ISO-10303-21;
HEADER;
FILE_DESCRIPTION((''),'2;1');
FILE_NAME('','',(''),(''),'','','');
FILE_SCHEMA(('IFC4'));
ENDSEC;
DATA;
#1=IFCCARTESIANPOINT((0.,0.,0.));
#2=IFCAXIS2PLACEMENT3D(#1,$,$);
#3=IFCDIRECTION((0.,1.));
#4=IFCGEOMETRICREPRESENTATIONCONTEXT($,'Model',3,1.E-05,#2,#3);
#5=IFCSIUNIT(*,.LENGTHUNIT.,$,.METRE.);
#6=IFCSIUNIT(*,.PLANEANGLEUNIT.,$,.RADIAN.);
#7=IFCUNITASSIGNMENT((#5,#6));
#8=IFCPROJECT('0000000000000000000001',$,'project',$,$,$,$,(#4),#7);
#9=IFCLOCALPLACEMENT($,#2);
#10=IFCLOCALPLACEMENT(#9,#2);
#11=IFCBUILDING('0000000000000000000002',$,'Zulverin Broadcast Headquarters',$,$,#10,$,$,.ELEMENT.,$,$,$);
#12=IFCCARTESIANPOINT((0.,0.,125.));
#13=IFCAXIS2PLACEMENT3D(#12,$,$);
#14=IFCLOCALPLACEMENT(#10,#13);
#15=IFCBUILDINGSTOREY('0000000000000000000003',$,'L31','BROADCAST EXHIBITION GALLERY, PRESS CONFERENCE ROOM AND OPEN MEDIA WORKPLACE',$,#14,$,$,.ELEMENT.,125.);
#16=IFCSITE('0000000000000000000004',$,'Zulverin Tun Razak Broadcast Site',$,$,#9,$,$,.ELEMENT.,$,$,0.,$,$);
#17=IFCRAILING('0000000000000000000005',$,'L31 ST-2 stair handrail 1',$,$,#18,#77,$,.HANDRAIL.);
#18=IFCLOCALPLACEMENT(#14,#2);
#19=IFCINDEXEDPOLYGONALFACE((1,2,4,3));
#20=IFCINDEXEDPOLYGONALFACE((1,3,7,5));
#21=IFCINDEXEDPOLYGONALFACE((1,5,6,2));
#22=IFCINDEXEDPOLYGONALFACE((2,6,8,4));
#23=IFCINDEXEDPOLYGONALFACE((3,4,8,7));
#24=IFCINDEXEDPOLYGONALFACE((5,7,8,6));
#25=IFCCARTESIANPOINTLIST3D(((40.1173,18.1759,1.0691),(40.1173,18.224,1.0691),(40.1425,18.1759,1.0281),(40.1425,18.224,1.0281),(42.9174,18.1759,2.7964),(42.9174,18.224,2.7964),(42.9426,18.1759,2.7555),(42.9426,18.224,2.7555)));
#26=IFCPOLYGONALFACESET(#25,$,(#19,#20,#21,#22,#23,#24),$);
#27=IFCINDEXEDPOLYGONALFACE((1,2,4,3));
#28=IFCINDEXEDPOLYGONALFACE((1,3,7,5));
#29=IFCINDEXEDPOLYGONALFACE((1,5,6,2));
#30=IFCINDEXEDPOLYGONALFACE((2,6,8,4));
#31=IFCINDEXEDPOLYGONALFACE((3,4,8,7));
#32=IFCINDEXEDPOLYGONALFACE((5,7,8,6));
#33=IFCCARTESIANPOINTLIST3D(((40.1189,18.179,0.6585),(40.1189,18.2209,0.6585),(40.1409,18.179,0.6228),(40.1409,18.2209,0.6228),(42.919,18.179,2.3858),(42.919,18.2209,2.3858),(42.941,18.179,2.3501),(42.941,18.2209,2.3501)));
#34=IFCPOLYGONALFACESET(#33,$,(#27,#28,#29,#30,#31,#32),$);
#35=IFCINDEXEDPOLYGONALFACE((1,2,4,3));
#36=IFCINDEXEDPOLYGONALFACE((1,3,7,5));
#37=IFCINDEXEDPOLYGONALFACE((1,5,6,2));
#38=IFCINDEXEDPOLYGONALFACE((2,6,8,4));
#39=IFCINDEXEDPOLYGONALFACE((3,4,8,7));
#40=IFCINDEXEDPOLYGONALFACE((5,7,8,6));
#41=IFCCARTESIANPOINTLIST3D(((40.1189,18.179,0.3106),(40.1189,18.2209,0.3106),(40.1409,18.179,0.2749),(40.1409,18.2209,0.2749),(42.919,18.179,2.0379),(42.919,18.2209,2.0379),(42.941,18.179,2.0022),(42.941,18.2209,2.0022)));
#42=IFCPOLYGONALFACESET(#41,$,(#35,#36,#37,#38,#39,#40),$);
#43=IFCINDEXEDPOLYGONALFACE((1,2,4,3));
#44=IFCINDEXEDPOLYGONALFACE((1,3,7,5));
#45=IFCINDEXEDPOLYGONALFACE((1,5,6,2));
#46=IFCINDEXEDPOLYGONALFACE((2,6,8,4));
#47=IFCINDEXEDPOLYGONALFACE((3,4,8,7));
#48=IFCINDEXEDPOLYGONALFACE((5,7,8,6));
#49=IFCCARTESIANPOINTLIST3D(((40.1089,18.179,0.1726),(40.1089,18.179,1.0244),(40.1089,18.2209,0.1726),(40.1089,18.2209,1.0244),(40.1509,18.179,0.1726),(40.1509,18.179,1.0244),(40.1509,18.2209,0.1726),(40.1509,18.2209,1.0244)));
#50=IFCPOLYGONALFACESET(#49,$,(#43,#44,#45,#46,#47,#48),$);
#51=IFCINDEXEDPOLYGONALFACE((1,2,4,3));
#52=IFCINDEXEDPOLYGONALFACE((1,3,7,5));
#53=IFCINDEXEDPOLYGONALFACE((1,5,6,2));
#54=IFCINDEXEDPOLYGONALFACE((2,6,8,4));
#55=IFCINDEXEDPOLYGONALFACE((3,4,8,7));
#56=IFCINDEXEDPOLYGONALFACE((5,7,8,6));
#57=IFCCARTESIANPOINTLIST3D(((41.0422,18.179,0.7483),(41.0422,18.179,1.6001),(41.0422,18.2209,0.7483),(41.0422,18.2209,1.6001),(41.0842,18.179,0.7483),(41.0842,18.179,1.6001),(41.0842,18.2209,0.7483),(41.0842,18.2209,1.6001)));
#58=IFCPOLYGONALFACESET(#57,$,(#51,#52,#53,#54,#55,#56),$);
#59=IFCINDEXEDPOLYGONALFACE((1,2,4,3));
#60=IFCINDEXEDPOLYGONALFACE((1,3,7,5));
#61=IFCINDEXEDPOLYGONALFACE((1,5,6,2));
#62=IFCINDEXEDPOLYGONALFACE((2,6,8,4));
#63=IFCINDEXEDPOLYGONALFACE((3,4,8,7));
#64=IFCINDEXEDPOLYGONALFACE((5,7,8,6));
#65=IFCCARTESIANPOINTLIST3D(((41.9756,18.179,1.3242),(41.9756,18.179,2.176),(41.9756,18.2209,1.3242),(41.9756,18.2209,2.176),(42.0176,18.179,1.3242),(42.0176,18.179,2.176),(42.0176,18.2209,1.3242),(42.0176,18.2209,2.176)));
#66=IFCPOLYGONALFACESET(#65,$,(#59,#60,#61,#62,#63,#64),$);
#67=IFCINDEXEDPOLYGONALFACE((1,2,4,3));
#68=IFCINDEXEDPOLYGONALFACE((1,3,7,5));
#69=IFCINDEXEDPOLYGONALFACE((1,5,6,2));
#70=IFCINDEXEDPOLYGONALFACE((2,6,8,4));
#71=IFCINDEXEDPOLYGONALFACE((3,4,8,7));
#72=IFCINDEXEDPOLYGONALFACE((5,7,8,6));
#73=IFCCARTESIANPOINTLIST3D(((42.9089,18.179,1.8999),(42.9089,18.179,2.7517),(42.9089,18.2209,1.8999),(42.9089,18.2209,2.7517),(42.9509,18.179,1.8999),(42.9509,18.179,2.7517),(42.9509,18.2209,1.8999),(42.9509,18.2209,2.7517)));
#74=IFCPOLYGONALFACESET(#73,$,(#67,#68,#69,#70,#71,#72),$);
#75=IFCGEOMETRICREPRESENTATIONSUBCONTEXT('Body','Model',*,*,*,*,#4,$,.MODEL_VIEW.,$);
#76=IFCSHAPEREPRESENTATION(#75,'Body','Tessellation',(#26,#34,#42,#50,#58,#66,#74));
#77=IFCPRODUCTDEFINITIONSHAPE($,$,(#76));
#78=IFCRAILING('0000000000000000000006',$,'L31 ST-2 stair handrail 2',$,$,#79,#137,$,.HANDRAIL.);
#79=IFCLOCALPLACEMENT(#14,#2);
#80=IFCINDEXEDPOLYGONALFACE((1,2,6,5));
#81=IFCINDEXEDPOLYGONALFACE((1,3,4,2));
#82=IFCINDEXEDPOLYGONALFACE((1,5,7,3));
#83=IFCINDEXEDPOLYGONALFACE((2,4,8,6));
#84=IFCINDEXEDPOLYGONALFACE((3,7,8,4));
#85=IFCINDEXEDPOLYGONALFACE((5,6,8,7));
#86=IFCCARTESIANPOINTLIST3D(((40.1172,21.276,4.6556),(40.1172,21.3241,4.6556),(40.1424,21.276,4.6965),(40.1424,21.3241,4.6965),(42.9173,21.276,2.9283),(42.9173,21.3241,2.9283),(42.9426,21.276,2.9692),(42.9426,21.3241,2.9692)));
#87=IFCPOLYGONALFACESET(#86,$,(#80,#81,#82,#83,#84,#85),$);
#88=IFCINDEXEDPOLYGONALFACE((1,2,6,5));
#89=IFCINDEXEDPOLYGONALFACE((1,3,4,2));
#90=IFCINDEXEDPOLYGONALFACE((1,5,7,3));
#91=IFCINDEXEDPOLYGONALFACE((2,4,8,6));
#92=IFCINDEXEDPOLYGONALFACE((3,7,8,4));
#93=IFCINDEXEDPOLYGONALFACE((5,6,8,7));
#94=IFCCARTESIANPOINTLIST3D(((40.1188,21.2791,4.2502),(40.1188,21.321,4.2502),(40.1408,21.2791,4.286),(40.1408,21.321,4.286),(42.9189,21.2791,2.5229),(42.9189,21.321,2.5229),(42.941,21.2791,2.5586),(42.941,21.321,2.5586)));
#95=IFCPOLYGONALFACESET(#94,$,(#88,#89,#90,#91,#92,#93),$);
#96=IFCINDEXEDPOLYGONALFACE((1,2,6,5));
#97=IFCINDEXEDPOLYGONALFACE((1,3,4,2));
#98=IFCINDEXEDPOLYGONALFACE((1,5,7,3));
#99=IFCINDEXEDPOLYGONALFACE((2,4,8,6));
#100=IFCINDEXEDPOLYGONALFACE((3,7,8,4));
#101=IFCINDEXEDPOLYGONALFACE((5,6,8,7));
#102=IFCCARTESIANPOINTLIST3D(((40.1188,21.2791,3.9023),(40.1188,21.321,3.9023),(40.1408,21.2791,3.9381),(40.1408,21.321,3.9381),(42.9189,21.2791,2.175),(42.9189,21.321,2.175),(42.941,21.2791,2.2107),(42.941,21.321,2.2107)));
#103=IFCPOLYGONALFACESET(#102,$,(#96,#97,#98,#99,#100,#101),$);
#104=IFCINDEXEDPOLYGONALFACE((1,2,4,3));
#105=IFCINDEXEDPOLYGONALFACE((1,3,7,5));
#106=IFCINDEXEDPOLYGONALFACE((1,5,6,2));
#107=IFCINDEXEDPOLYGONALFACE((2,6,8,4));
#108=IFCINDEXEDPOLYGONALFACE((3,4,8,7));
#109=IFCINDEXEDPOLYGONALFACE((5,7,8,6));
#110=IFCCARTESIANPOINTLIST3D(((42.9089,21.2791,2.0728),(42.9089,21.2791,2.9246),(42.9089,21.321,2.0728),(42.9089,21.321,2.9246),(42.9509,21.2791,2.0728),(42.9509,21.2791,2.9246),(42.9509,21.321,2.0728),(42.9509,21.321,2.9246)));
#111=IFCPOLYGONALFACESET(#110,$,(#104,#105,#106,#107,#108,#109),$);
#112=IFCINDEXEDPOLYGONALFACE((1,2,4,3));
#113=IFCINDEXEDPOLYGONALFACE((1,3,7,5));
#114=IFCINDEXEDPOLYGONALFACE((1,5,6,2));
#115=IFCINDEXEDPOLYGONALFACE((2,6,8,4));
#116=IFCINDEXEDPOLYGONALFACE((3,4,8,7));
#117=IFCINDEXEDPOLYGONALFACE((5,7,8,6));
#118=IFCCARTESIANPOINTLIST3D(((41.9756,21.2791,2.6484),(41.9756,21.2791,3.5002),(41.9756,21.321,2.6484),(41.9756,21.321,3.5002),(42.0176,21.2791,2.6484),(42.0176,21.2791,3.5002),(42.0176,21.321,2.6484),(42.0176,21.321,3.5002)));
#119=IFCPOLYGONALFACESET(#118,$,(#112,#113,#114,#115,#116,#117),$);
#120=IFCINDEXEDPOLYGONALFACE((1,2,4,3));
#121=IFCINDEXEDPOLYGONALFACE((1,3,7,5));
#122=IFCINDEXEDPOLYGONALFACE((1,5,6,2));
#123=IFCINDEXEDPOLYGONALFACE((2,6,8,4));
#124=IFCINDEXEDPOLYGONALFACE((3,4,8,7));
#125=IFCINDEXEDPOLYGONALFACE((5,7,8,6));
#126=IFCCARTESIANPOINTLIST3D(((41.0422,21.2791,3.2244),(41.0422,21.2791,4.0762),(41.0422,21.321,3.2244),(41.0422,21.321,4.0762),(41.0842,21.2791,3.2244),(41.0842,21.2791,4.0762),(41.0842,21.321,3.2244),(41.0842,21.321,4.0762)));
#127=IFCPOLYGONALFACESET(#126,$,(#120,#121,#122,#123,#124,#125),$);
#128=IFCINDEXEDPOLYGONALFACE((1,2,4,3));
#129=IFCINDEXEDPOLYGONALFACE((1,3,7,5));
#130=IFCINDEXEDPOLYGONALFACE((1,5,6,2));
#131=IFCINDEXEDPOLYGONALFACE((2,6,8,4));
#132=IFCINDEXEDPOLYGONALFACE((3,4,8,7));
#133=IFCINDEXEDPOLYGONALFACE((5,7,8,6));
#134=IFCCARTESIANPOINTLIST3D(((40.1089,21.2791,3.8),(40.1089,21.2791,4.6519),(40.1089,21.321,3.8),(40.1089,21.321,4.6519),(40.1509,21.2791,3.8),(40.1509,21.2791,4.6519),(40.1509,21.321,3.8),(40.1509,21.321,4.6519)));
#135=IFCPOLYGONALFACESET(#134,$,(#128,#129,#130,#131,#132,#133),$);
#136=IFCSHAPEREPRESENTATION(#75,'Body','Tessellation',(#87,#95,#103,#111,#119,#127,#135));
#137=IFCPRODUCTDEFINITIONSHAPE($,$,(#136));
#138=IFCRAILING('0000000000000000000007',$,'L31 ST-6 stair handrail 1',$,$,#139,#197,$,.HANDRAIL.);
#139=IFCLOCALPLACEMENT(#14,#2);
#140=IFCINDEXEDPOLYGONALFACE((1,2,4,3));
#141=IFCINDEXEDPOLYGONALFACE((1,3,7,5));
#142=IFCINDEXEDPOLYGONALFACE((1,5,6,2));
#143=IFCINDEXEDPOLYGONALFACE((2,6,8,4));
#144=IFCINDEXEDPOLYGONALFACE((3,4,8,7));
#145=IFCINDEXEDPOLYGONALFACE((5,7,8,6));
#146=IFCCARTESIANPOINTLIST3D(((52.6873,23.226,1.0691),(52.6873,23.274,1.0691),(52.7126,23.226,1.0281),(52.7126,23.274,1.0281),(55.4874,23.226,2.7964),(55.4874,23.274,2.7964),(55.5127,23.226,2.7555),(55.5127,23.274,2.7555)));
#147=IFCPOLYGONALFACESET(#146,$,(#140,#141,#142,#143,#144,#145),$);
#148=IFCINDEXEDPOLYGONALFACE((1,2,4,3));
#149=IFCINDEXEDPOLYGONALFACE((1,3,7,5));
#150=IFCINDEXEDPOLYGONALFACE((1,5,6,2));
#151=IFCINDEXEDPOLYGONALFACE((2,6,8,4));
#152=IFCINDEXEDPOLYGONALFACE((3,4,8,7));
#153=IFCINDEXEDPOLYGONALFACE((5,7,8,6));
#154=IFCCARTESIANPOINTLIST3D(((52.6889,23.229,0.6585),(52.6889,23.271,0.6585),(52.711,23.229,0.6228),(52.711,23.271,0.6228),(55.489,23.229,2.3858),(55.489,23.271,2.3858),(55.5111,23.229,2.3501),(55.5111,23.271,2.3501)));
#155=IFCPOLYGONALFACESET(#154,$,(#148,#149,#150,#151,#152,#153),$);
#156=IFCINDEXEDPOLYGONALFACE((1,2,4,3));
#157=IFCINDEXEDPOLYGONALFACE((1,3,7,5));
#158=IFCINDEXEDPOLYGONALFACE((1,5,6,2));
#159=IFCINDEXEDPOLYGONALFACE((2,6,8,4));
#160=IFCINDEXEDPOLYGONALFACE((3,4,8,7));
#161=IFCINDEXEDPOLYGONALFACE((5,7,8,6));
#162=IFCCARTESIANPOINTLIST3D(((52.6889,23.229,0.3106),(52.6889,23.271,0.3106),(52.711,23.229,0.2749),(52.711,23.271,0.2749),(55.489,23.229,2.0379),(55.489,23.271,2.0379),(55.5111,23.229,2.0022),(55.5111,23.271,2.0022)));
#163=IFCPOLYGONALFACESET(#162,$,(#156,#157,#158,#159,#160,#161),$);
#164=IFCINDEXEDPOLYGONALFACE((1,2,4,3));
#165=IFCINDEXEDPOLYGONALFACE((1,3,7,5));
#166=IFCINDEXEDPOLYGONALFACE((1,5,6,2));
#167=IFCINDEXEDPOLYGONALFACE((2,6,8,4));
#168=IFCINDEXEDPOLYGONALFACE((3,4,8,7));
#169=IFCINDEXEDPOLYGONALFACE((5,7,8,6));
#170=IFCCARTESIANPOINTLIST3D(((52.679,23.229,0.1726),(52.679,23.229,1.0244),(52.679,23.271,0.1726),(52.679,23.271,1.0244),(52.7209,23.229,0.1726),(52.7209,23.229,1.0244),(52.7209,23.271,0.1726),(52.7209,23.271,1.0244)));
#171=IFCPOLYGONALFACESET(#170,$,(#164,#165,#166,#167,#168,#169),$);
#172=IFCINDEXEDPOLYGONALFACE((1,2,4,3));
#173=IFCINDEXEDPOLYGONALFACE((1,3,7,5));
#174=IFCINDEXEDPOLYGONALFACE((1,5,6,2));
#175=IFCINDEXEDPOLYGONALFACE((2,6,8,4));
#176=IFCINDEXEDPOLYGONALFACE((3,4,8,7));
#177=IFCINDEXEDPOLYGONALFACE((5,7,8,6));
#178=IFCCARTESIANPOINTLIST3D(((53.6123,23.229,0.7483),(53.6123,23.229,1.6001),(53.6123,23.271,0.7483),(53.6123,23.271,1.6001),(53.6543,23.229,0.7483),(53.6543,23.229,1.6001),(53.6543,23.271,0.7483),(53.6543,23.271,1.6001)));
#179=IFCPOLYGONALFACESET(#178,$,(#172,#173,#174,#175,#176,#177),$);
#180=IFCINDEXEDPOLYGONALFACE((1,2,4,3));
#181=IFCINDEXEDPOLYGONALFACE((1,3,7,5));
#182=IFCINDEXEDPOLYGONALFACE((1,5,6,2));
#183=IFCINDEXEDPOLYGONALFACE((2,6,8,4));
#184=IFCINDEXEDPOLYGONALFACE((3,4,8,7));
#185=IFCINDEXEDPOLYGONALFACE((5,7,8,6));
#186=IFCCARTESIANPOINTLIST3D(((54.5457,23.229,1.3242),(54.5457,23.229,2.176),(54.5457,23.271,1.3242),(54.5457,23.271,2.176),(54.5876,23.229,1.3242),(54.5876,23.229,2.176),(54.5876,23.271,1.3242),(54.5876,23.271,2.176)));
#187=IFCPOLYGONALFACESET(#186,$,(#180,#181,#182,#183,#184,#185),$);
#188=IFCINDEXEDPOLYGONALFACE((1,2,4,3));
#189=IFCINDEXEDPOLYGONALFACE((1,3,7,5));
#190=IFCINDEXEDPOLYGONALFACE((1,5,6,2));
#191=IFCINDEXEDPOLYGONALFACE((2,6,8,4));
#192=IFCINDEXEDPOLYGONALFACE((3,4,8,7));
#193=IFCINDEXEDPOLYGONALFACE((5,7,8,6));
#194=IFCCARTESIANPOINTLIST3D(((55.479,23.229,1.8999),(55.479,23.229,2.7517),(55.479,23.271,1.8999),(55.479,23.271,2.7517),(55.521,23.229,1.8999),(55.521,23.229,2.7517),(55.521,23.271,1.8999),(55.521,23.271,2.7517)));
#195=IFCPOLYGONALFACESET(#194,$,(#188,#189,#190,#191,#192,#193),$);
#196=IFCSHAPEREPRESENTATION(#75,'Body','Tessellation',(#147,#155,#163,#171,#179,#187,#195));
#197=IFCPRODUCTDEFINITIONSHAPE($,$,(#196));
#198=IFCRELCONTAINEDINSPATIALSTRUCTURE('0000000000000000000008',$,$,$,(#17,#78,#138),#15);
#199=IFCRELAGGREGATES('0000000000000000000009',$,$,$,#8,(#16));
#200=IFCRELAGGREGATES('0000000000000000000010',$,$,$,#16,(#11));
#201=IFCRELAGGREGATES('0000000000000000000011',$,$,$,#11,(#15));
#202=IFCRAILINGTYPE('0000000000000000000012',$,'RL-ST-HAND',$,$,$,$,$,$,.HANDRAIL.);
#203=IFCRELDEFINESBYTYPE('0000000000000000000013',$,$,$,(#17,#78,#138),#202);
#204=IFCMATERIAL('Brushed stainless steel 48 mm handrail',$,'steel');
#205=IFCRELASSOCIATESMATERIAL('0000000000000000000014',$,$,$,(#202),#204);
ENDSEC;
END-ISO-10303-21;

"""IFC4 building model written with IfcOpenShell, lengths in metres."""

from ifc_helpers import new_model, si_unit, direction, frame, origin, origin_2d, place, context, subcontext, project, spatial, rectangle, extrude, material, type_object, element, save


model = new_model("IFC4")

# Units and contexts
model_context = context("Model", 3, precision=1e-05, world=origin(), true_north=direction((0.0, 1.0)))
body_context = subcontext(model_context, "Body", "Model", "MODEL_VIEW")
ifc_project = project(units=[si_unit("LENGTHUNIT", "METRE"), si_unit("PLANEANGLEUNIT", "RADIAN")], contexts=[model_context])

# Site, building, storey
site_placement = place(None, origin())
site = spatial("IfcSite", under=ifc_project, at=site_placement, Name="Zulverin Tun Razak Broadcast Site", CompositionType="ELEMENT", RefElevation=0.0)
building_placement = place(site_placement, origin())
building = spatial("IfcBuilding", under=site, at=building_placement, Name="Zulverin Broadcast Headquarters", CompositionType="ELEMENT")
storey_placement = place(building_placement, frame((0.0, 0.0, 125.0)))
storey = spatial("IfcBuildingStorey", under=building, at=storey_placement, Name="L31", Description="BROADCAST EXHIBITION GALLERY, PRESS CONFERENCE ROOM AND OPEN MEDIA WORKPLACE", CompositionType="ELEMENT", Elevation=125.0)

# Railings
ifc_material_1 = material(Name="Brushed stainless steel 48 mm handrail", Category="steel")
railing_type_1 = type_object("IfcRailingType", Name="RL-ST-HAND", PredefinedType="HANDRAIL", material=ifc_material_1)
railing_1_placement = place(storey_placement, frame((40.1299, 18.2, 0.1726)))
element("IfcRailing", 1, at=railing_1_placement, inside=storey, type_object=railing_type_1, Name="L31 ST-2 stair handrail 1", PredefinedType="HANDRAIL", context=body_context, shape_type="SweptSolid", body=[
    extrude(rectangle(XDim=0.0481, YDim=0.0481, at=origin_2d()), frame((0.0, 0.0, 0.876), z_axis=(0.85109, 0.0, 0.52502), x_axis=(0.0, 1.0, 0.0)), (0.0, 0.0, 1.0), 3.29),
    extrude(rectangle(XDim=0.042, YDim=0.042, at=origin_2d()), frame((0.0, 0.0, 0.468), z_axis=(0.85109, 0.0, 0.52502), x_axis=(0.0, 1.0, 0.0)), (0.0, 0.0, 1.0), 3.29),
    extrude(rectangle(XDim=0.042, YDim=0.042, at=origin_2d()), frame((0.0, 0.0, 0.1201), z_axis=(0.85109, 0.0, 0.52502), x_axis=(0.0, 1.0, 0.0)), (0.0, 0.0, 1.0), 3.29),
    extrude(rectangle(XDim=0.042, YDim=0.042, at=origin_2d()), origin(), (0.0, 0.0, 1.0), 0.8518),
    extrude(rectangle(XDim=0.042, YDim=0.042, at=origin_2d()), frame((0.9333, 0.0, 0.5757)), (0.0, 0.0, 1.0), 0.8518),
    extrude(rectangle(XDim=0.042, YDim=0.042, at=origin_2d()), frame((1.8667, 0.0, 1.1516)), (0.0, 0.0, 1.0), 0.8518),
    extrude(rectangle(XDim=0.042, YDim=0.042, at=origin_2d()), frame((2.8, 0.0, 1.7273)), (0.0, 0.0, 1.0), 0.8518),
])
railing_2_placement = place(storey_placement, frame((42.9299, 21.3, 2.0728)))
element("IfcRailing", 2, at=railing_2_placement, inside=storey, type_object=railing_type_1, Name="L31 ST-2 stair handrail 2", PredefinedType="HANDRAIL", context=body_context, shape_type="SweptSolid", body=[
    extrude(rectangle(XDim=0.0481, YDim=0.0481, at=origin_2d()), frame((0.0, 0.0, 0.876), z_axis=(-0.85109, 0.0, 0.52502), x_axis=(0.0, -1.0, 0.0)), (0.0, 0.0, 1.0), 3.29),
    extrude(rectangle(XDim=0.042, YDim=0.042, at=origin_2d()), frame((0.0, 0.0, 0.468), z_axis=(-0.85109, 0.0, 0.52502), x_axis=(0.0, -1.0, 0.0)), (0.0, 0.0, 1.0), 3.29),
    extrude(rectangle(XDim=0.042, YDim=0.042, at=origin_2d()), frame((0.0, 0.0, 0.1201), z_axis=(-0.85109, 0.0, 0.52502), x_axis=(0.0, -1.0, 0.0)), (0.0, 0.0, 1.0), 3.29),
    extrude(rectangle(XDim=0.042, YDim=0.042, at=origin_2d()), origin(), (0.0, 0.0, 1.0), 0.8518),
    extrude(rectangle(XDim=0.042, YDim=0.042, at=origin_2d()), frame((-0.9333, 0.0, 0.5757)), (0.0, 0.0, 1.0), 0.8518),
    extrude(rectangle(XDim=0.042, YDim=0.042, at=origin_2d()), frame((-1.8667, 0.0, 1.1516)), (0.0, 0.0, 1.0), 0.8518),
    extrude(rectangle(XDim=0.042, YDim=0.042, at=origin_2d()), frame((-2.8, 0.0, 1.7273)), (0.0, 0.0, 1.0), 0.8518),
])
railing_3_placement = place(storey_placement, frame((52.7, 23.25, 0.1726)))
element("IfcRailing", 3, at=railing_3_placement, inside=storey, type_object=railing_type_1, Name="L31 ST-6 stair handrail 1", PredefinedType="HANDRAIL", context=body_context, shape_type="SweptSolid", body=[
    extrude(rectangle(XDim=0.0481, YDim=0.0481, at=origin_2d()), frame((0.0, 0.0, 0.876), z_axis=(0.85109, 0.0, 0.52502), x_axis=(0.0, 1.0, 0.0)), (0.0, 0.0, 1.0), 3.29),
    extrude(rectangle(XDim=0.042, YDim=0.042, at=origin_2d()), frame((0.0, 0.0, 0.468), z_axis=(0.85109, 0.0, 0.52502), x_axis=(0.0, 1.0, 0.0)), (0.0, 0.0, 1.0), 3.29),
    extrude(rectangle(XDim=0.042, YDim=0.042, at=origin_2d()), frame((0.0, 0.0, 0.1201), z_axis=(0.85109, 0.0, 0.52502), x_axis=(0.0, 1.0, 0.0)), (0.0, 0.0, 1.0), 3.29),
    extrude(rectangle(XDim=0.042, YDim=0.042, at=origin_2d()), origin(), (0.0, 0.0, 1.0), 0.8518),
    extrude(rectangle(XDim=0.042, YDim=0.042, at=origin_2d()), frame((0.9333, 0.0, 0.5757)), (0.0, 0.0, 1.0), 0.8518),
    extrude(rectangle(XDim=0.042, YDim=0.042, at=origin_2d()), frame((1.8667, 0.0, 1.1516)), (0.0, 0.0, 1.0), 0.8518),
    extrude(rectangle(XDim=0.042, YDim=0.042, at=origin_2d()), frame((2.8, 0.0, 1.7273)), (0.0, 0.0, 1.0), 0.8518),
])

save(model, "model.ifc")
